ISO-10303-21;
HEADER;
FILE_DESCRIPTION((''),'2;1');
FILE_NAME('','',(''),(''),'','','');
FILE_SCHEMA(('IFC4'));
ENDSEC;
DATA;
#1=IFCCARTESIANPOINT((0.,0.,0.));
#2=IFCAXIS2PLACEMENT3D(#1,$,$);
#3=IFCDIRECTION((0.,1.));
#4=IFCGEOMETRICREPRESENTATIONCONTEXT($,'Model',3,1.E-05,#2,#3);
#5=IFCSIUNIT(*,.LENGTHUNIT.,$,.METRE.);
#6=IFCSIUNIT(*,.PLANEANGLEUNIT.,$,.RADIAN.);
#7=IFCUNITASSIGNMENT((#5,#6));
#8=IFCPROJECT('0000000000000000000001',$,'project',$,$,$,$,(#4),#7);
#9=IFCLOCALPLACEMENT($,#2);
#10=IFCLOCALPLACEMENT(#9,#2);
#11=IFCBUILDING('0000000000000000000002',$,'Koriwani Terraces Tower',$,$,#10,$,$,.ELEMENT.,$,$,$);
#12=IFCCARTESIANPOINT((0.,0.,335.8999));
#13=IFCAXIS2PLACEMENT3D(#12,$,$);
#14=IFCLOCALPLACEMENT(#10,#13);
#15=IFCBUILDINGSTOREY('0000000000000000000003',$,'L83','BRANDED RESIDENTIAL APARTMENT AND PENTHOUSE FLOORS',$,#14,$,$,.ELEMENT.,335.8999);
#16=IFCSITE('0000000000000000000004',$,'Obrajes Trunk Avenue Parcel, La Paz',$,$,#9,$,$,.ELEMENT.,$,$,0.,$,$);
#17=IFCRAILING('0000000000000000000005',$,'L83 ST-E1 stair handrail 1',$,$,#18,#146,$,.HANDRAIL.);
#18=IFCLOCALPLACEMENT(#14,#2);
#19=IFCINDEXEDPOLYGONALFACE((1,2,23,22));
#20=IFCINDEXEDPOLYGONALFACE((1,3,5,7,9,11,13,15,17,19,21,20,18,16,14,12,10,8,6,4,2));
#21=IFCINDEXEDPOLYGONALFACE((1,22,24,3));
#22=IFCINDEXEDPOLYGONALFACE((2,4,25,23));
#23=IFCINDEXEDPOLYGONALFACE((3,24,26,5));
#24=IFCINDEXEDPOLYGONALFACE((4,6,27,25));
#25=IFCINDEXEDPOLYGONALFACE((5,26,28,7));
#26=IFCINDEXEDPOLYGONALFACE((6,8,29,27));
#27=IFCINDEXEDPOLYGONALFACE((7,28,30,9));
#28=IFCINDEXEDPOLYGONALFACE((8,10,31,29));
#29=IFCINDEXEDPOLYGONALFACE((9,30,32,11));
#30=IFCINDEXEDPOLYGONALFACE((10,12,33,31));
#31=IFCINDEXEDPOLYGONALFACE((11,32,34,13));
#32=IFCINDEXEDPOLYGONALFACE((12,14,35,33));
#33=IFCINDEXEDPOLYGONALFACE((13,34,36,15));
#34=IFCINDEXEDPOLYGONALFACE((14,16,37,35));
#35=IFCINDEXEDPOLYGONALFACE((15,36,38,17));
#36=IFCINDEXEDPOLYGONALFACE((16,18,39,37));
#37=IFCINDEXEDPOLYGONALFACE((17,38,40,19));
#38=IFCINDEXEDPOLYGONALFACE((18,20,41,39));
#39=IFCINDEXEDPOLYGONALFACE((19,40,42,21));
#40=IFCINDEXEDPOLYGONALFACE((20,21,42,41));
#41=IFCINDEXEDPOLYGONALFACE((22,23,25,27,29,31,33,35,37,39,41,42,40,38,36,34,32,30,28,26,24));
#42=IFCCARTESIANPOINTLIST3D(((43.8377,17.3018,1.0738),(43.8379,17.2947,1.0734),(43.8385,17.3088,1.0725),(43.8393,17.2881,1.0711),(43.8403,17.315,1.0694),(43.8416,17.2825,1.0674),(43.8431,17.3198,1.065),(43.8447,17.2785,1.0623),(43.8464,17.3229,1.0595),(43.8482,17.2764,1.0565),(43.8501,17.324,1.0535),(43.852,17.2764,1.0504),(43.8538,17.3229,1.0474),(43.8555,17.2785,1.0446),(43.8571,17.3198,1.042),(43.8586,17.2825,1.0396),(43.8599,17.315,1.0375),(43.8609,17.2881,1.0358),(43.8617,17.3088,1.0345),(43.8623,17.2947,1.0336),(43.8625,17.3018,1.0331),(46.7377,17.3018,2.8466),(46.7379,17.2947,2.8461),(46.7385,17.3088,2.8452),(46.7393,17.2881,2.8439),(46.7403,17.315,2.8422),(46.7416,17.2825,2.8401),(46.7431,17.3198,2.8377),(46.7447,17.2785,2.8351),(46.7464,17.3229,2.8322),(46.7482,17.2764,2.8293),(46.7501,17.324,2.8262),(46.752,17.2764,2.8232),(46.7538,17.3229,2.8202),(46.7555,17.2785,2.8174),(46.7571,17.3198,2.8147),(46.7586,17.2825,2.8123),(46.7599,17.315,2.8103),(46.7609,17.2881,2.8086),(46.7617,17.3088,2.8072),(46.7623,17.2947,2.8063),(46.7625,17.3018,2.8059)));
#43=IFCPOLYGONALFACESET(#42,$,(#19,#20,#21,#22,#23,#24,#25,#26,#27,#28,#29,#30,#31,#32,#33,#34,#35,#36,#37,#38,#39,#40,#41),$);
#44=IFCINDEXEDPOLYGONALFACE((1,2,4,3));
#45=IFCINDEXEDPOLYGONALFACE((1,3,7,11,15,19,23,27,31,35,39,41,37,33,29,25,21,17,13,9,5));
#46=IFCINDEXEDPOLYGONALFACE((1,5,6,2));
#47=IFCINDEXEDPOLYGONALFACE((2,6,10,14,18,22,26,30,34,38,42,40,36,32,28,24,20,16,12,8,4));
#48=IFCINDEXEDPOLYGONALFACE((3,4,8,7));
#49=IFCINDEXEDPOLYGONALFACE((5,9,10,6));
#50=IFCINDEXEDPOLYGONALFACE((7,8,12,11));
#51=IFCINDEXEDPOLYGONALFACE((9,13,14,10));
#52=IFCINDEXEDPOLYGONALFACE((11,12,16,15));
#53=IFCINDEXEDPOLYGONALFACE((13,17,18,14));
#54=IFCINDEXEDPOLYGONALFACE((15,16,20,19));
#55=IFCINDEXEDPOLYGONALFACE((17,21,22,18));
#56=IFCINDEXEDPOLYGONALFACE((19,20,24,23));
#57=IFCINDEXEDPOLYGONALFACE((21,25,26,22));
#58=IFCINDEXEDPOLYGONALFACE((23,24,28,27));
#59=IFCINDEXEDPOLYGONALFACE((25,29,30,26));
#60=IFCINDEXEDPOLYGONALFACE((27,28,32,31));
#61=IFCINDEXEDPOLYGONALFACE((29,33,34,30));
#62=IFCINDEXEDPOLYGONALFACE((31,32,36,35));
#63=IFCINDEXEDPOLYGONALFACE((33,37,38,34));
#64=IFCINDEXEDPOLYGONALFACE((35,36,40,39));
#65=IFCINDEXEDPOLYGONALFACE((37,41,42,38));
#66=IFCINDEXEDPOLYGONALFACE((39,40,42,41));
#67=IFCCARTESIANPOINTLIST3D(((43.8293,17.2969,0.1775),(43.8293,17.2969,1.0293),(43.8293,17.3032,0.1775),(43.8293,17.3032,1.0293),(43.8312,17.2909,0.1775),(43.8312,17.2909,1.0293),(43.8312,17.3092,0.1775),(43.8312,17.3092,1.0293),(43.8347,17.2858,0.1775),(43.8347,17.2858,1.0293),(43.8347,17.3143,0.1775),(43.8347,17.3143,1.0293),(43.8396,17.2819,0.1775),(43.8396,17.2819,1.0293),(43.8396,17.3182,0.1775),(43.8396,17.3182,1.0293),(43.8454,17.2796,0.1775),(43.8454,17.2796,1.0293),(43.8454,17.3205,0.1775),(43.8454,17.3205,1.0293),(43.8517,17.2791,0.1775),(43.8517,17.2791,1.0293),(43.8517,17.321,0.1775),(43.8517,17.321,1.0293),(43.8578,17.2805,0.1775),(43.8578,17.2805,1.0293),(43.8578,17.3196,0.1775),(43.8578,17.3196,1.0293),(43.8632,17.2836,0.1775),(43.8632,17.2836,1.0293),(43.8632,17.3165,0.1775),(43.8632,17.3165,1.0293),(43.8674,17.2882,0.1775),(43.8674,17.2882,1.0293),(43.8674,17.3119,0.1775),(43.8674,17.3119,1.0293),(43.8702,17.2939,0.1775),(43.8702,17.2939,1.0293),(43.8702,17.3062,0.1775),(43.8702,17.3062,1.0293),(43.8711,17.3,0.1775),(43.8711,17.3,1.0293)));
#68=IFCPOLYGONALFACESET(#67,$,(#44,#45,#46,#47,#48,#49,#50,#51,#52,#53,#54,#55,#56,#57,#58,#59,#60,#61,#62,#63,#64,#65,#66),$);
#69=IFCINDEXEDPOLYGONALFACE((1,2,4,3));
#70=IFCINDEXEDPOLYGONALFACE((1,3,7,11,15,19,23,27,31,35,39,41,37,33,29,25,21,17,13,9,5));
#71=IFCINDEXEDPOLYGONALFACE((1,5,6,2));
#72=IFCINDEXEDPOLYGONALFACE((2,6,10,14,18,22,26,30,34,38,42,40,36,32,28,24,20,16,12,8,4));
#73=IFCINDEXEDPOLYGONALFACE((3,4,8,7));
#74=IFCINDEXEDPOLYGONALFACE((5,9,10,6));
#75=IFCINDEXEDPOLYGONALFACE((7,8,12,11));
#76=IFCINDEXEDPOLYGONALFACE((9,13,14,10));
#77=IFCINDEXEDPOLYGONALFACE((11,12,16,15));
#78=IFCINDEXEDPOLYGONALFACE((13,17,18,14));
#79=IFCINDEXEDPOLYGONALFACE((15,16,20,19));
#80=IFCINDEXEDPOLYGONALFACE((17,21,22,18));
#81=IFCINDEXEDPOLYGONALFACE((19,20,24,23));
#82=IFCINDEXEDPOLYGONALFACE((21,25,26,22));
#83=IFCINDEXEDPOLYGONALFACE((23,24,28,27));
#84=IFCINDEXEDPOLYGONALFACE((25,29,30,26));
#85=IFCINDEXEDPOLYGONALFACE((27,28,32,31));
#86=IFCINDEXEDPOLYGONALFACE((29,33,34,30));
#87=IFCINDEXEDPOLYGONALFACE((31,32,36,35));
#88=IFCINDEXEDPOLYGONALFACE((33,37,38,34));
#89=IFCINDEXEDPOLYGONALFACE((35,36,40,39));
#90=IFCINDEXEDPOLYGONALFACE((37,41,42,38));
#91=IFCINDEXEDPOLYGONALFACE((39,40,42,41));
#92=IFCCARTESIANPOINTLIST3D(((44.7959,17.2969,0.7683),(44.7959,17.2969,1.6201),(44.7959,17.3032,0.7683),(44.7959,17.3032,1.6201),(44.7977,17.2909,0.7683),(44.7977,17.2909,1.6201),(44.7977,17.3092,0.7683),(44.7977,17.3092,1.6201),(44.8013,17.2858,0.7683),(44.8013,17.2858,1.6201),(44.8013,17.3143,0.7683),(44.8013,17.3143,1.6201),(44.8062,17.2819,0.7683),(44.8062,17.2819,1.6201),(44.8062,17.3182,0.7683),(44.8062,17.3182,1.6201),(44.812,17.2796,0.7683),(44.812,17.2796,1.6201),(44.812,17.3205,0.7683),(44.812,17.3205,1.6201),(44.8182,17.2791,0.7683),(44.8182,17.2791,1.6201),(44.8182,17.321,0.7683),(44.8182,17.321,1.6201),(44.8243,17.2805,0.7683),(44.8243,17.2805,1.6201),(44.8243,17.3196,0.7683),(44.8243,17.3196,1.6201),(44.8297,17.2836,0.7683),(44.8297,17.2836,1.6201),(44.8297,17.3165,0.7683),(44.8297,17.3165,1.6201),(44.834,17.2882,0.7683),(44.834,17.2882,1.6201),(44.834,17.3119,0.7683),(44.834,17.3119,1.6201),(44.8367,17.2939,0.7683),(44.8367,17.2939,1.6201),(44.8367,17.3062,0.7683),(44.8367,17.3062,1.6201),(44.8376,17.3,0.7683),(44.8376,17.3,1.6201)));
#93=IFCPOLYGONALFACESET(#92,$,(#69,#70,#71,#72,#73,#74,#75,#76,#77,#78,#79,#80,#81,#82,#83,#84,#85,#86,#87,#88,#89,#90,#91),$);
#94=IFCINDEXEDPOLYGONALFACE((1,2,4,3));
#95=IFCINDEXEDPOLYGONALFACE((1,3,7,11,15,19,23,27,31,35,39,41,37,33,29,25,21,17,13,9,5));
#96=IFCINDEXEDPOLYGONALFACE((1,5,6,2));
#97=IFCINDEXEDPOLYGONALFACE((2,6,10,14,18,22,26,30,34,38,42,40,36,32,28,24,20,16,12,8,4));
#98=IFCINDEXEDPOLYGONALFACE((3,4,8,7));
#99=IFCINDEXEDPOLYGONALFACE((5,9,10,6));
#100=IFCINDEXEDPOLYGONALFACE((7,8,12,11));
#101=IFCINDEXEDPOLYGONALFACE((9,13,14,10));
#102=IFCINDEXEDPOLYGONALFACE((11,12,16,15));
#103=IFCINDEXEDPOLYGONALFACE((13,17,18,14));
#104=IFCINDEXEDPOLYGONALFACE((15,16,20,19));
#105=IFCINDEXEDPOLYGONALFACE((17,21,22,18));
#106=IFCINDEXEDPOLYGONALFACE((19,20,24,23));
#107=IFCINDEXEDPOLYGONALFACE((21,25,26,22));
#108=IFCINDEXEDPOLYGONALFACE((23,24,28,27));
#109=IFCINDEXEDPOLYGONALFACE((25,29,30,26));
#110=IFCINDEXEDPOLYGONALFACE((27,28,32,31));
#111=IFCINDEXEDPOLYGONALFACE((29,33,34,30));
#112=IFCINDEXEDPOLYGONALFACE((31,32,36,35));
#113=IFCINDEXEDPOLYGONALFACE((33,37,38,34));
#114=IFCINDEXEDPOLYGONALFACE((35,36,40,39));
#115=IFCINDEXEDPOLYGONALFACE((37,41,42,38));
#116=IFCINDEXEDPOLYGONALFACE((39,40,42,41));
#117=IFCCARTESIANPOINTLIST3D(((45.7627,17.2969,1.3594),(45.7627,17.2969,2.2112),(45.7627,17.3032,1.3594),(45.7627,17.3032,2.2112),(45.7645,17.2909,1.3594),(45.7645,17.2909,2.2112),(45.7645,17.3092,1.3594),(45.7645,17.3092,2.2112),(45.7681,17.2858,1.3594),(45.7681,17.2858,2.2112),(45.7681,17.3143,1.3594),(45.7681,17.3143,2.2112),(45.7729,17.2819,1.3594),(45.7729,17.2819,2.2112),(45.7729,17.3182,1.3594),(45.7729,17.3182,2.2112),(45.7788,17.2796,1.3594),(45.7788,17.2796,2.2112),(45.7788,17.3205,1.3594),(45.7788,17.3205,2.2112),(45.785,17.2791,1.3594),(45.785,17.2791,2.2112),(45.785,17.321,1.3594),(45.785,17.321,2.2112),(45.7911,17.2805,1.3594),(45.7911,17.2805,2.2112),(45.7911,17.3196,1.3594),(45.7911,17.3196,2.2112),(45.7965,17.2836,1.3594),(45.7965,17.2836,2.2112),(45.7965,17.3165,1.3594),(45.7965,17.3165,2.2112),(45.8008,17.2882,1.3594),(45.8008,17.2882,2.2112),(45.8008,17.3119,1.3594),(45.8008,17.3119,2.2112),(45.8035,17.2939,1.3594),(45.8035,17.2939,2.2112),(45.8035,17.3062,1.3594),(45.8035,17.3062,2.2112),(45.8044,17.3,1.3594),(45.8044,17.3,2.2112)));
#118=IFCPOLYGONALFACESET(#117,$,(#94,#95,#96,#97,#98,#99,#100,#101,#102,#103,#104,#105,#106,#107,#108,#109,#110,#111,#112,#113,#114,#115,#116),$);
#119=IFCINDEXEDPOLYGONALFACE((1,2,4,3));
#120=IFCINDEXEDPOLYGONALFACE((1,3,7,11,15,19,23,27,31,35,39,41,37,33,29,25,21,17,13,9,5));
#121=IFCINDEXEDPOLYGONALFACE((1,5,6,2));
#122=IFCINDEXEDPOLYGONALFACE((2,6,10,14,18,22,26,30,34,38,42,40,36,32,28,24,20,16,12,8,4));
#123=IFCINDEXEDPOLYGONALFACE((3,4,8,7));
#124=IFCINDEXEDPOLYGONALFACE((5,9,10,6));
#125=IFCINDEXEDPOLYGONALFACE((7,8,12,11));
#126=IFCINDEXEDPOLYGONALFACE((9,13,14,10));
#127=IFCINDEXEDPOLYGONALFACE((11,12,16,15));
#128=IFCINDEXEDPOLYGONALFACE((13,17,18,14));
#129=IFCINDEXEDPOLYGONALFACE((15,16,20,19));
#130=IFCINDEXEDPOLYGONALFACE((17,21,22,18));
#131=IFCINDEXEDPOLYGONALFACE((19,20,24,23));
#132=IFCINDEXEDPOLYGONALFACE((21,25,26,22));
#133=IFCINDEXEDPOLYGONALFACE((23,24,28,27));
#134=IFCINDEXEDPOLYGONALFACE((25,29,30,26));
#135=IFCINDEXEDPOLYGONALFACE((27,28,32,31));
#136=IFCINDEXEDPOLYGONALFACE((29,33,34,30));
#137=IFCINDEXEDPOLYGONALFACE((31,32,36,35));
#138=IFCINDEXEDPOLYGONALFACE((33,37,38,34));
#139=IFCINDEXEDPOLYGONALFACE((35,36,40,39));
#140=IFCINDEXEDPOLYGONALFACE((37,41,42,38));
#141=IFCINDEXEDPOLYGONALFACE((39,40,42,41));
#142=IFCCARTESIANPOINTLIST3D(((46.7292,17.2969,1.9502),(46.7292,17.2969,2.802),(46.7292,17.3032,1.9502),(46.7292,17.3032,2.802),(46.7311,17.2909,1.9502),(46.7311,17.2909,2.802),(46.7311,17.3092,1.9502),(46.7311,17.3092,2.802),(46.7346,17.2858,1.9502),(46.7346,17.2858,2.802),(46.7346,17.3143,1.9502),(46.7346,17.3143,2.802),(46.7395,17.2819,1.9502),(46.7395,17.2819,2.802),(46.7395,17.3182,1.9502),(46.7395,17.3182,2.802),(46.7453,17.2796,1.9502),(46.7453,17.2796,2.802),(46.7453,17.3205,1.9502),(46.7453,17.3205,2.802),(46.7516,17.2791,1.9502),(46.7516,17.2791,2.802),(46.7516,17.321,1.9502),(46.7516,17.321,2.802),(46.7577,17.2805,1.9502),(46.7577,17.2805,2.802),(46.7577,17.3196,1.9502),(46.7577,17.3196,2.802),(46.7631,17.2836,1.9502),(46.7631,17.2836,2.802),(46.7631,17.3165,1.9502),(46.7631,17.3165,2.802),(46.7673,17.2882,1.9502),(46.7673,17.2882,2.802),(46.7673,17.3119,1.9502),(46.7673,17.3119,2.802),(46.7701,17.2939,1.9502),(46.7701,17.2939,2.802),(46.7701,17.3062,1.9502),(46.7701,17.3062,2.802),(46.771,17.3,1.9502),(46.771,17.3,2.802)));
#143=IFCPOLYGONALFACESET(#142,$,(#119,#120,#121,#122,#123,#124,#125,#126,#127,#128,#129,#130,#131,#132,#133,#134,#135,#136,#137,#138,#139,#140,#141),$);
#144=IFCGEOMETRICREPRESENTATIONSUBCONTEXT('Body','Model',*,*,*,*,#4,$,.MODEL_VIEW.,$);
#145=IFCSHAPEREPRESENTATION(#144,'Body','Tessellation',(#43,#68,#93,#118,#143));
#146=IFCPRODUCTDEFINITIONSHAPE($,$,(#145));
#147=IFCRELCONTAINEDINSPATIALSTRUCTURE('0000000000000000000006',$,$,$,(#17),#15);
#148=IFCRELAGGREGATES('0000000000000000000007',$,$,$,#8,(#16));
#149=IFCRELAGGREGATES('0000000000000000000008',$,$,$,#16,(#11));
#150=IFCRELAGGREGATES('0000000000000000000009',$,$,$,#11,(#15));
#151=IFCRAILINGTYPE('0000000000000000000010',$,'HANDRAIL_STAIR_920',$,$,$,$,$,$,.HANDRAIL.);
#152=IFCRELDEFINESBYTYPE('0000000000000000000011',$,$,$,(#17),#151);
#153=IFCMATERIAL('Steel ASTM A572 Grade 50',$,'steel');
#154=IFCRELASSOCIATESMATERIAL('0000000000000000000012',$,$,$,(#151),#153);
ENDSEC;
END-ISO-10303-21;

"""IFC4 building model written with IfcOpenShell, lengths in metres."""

from ifc_helpers import new_model, si_unit, direction, frame, origin, origin_2d, place, context, subcontext, project, spatial, circle, extrude, material, type_object, element, save


model = new_model("IFC4")

# Units and contexts
model_context = context("Model", 3, precision=1e-05, world=origin(), true_north=direction((0.0, 1.0)))
body_context = subcontext(model_context, "Body", "Model", "MODEL_VIEW")
ifc_project = project(units=[si_unit("LENGTHUNIT", "METRE"), si_unit("PLANEANGLEUNIT", "RADIAN")], contexts=[model_context])

# Site, building, storey
site_placement = place(None, origin())
site = spatial("IfcSite", under=ifc_project, at=site_placement, Name="Obrajes Trunk Avenue Parcel, La Paz", CompositionType="ELEMENT", RefElevation=0.0)
building_placement = place(site_placement, origin())
building = spatial("IfcBuilding", under=site, at=building_placement, Name="Koriwani Terraces Tower", CompositionType="ELEMENT")
storey_placement = place(building_placement, frame((0.0, 0.0, 335.8999)))
storey = spatial("IfcBuildingStorey", under=building, at=storey_placement, Name="L83", Description="BRANDED RESIDENTIAL APARTMENT AND PENTHOUSE FLOORS", CompositionType="ELEMENT", Elevation=335.8999)

# Railing
ifc_material_1 = material(Name="Steel ASTM A572 Grade 50", Category="steel")
railing_type_1 = type_object("IfcRailingType", Name="HANDRAIL_STAIR_920", PredefinedType="HANDRAIL", material=ifc_material_1)
for number, where, name in (
    (1, (43.8501, 17.3, 0.1775), "L83 ST-E1 stair handrail 1"),
):
    element("IfcRailing", number, at=place(storey_placement, frame(where)), inside=storey, type_object=railing_type_1, Name=name, PredefinedType="HANDRAIL", context=body_context, shape_type="SweptSolid", body=[
        extrude(circle(Radius=0.0239, at=origin_2d()), frame((0.0, 0.0, 0.876), z_axis=(0.853211, 0.0, 0.521566), x_axis=(0.0, 1.0, 0.0)), (0.0, 0.0, 1.0), 3.3989),
        extrude(circle(Radius=0.021, at=origin_2d()), origin(), (0.0, 0.0, 1.0), 0.8518),
        extrude(circle(Radius=0.021, at=origin_2d()), frame((0.9666, 0.0, 0.5908)), (0.0, 0.0, 1.0), 0.8518),
        extrude(circle(Radius=0.021, at=origin_2d()), frame((1.9333, 0.0, 1.1819)), (0.0, 0.0, 1.0), 0.8518),
        extrude(circle(Radius=0.021, at=origin_2d()), frame((2.8999, 0.0, 1.7727)), (0.0, 0.0, 1.0), 0.8518),
    ])

save(model, "model.ifc")
